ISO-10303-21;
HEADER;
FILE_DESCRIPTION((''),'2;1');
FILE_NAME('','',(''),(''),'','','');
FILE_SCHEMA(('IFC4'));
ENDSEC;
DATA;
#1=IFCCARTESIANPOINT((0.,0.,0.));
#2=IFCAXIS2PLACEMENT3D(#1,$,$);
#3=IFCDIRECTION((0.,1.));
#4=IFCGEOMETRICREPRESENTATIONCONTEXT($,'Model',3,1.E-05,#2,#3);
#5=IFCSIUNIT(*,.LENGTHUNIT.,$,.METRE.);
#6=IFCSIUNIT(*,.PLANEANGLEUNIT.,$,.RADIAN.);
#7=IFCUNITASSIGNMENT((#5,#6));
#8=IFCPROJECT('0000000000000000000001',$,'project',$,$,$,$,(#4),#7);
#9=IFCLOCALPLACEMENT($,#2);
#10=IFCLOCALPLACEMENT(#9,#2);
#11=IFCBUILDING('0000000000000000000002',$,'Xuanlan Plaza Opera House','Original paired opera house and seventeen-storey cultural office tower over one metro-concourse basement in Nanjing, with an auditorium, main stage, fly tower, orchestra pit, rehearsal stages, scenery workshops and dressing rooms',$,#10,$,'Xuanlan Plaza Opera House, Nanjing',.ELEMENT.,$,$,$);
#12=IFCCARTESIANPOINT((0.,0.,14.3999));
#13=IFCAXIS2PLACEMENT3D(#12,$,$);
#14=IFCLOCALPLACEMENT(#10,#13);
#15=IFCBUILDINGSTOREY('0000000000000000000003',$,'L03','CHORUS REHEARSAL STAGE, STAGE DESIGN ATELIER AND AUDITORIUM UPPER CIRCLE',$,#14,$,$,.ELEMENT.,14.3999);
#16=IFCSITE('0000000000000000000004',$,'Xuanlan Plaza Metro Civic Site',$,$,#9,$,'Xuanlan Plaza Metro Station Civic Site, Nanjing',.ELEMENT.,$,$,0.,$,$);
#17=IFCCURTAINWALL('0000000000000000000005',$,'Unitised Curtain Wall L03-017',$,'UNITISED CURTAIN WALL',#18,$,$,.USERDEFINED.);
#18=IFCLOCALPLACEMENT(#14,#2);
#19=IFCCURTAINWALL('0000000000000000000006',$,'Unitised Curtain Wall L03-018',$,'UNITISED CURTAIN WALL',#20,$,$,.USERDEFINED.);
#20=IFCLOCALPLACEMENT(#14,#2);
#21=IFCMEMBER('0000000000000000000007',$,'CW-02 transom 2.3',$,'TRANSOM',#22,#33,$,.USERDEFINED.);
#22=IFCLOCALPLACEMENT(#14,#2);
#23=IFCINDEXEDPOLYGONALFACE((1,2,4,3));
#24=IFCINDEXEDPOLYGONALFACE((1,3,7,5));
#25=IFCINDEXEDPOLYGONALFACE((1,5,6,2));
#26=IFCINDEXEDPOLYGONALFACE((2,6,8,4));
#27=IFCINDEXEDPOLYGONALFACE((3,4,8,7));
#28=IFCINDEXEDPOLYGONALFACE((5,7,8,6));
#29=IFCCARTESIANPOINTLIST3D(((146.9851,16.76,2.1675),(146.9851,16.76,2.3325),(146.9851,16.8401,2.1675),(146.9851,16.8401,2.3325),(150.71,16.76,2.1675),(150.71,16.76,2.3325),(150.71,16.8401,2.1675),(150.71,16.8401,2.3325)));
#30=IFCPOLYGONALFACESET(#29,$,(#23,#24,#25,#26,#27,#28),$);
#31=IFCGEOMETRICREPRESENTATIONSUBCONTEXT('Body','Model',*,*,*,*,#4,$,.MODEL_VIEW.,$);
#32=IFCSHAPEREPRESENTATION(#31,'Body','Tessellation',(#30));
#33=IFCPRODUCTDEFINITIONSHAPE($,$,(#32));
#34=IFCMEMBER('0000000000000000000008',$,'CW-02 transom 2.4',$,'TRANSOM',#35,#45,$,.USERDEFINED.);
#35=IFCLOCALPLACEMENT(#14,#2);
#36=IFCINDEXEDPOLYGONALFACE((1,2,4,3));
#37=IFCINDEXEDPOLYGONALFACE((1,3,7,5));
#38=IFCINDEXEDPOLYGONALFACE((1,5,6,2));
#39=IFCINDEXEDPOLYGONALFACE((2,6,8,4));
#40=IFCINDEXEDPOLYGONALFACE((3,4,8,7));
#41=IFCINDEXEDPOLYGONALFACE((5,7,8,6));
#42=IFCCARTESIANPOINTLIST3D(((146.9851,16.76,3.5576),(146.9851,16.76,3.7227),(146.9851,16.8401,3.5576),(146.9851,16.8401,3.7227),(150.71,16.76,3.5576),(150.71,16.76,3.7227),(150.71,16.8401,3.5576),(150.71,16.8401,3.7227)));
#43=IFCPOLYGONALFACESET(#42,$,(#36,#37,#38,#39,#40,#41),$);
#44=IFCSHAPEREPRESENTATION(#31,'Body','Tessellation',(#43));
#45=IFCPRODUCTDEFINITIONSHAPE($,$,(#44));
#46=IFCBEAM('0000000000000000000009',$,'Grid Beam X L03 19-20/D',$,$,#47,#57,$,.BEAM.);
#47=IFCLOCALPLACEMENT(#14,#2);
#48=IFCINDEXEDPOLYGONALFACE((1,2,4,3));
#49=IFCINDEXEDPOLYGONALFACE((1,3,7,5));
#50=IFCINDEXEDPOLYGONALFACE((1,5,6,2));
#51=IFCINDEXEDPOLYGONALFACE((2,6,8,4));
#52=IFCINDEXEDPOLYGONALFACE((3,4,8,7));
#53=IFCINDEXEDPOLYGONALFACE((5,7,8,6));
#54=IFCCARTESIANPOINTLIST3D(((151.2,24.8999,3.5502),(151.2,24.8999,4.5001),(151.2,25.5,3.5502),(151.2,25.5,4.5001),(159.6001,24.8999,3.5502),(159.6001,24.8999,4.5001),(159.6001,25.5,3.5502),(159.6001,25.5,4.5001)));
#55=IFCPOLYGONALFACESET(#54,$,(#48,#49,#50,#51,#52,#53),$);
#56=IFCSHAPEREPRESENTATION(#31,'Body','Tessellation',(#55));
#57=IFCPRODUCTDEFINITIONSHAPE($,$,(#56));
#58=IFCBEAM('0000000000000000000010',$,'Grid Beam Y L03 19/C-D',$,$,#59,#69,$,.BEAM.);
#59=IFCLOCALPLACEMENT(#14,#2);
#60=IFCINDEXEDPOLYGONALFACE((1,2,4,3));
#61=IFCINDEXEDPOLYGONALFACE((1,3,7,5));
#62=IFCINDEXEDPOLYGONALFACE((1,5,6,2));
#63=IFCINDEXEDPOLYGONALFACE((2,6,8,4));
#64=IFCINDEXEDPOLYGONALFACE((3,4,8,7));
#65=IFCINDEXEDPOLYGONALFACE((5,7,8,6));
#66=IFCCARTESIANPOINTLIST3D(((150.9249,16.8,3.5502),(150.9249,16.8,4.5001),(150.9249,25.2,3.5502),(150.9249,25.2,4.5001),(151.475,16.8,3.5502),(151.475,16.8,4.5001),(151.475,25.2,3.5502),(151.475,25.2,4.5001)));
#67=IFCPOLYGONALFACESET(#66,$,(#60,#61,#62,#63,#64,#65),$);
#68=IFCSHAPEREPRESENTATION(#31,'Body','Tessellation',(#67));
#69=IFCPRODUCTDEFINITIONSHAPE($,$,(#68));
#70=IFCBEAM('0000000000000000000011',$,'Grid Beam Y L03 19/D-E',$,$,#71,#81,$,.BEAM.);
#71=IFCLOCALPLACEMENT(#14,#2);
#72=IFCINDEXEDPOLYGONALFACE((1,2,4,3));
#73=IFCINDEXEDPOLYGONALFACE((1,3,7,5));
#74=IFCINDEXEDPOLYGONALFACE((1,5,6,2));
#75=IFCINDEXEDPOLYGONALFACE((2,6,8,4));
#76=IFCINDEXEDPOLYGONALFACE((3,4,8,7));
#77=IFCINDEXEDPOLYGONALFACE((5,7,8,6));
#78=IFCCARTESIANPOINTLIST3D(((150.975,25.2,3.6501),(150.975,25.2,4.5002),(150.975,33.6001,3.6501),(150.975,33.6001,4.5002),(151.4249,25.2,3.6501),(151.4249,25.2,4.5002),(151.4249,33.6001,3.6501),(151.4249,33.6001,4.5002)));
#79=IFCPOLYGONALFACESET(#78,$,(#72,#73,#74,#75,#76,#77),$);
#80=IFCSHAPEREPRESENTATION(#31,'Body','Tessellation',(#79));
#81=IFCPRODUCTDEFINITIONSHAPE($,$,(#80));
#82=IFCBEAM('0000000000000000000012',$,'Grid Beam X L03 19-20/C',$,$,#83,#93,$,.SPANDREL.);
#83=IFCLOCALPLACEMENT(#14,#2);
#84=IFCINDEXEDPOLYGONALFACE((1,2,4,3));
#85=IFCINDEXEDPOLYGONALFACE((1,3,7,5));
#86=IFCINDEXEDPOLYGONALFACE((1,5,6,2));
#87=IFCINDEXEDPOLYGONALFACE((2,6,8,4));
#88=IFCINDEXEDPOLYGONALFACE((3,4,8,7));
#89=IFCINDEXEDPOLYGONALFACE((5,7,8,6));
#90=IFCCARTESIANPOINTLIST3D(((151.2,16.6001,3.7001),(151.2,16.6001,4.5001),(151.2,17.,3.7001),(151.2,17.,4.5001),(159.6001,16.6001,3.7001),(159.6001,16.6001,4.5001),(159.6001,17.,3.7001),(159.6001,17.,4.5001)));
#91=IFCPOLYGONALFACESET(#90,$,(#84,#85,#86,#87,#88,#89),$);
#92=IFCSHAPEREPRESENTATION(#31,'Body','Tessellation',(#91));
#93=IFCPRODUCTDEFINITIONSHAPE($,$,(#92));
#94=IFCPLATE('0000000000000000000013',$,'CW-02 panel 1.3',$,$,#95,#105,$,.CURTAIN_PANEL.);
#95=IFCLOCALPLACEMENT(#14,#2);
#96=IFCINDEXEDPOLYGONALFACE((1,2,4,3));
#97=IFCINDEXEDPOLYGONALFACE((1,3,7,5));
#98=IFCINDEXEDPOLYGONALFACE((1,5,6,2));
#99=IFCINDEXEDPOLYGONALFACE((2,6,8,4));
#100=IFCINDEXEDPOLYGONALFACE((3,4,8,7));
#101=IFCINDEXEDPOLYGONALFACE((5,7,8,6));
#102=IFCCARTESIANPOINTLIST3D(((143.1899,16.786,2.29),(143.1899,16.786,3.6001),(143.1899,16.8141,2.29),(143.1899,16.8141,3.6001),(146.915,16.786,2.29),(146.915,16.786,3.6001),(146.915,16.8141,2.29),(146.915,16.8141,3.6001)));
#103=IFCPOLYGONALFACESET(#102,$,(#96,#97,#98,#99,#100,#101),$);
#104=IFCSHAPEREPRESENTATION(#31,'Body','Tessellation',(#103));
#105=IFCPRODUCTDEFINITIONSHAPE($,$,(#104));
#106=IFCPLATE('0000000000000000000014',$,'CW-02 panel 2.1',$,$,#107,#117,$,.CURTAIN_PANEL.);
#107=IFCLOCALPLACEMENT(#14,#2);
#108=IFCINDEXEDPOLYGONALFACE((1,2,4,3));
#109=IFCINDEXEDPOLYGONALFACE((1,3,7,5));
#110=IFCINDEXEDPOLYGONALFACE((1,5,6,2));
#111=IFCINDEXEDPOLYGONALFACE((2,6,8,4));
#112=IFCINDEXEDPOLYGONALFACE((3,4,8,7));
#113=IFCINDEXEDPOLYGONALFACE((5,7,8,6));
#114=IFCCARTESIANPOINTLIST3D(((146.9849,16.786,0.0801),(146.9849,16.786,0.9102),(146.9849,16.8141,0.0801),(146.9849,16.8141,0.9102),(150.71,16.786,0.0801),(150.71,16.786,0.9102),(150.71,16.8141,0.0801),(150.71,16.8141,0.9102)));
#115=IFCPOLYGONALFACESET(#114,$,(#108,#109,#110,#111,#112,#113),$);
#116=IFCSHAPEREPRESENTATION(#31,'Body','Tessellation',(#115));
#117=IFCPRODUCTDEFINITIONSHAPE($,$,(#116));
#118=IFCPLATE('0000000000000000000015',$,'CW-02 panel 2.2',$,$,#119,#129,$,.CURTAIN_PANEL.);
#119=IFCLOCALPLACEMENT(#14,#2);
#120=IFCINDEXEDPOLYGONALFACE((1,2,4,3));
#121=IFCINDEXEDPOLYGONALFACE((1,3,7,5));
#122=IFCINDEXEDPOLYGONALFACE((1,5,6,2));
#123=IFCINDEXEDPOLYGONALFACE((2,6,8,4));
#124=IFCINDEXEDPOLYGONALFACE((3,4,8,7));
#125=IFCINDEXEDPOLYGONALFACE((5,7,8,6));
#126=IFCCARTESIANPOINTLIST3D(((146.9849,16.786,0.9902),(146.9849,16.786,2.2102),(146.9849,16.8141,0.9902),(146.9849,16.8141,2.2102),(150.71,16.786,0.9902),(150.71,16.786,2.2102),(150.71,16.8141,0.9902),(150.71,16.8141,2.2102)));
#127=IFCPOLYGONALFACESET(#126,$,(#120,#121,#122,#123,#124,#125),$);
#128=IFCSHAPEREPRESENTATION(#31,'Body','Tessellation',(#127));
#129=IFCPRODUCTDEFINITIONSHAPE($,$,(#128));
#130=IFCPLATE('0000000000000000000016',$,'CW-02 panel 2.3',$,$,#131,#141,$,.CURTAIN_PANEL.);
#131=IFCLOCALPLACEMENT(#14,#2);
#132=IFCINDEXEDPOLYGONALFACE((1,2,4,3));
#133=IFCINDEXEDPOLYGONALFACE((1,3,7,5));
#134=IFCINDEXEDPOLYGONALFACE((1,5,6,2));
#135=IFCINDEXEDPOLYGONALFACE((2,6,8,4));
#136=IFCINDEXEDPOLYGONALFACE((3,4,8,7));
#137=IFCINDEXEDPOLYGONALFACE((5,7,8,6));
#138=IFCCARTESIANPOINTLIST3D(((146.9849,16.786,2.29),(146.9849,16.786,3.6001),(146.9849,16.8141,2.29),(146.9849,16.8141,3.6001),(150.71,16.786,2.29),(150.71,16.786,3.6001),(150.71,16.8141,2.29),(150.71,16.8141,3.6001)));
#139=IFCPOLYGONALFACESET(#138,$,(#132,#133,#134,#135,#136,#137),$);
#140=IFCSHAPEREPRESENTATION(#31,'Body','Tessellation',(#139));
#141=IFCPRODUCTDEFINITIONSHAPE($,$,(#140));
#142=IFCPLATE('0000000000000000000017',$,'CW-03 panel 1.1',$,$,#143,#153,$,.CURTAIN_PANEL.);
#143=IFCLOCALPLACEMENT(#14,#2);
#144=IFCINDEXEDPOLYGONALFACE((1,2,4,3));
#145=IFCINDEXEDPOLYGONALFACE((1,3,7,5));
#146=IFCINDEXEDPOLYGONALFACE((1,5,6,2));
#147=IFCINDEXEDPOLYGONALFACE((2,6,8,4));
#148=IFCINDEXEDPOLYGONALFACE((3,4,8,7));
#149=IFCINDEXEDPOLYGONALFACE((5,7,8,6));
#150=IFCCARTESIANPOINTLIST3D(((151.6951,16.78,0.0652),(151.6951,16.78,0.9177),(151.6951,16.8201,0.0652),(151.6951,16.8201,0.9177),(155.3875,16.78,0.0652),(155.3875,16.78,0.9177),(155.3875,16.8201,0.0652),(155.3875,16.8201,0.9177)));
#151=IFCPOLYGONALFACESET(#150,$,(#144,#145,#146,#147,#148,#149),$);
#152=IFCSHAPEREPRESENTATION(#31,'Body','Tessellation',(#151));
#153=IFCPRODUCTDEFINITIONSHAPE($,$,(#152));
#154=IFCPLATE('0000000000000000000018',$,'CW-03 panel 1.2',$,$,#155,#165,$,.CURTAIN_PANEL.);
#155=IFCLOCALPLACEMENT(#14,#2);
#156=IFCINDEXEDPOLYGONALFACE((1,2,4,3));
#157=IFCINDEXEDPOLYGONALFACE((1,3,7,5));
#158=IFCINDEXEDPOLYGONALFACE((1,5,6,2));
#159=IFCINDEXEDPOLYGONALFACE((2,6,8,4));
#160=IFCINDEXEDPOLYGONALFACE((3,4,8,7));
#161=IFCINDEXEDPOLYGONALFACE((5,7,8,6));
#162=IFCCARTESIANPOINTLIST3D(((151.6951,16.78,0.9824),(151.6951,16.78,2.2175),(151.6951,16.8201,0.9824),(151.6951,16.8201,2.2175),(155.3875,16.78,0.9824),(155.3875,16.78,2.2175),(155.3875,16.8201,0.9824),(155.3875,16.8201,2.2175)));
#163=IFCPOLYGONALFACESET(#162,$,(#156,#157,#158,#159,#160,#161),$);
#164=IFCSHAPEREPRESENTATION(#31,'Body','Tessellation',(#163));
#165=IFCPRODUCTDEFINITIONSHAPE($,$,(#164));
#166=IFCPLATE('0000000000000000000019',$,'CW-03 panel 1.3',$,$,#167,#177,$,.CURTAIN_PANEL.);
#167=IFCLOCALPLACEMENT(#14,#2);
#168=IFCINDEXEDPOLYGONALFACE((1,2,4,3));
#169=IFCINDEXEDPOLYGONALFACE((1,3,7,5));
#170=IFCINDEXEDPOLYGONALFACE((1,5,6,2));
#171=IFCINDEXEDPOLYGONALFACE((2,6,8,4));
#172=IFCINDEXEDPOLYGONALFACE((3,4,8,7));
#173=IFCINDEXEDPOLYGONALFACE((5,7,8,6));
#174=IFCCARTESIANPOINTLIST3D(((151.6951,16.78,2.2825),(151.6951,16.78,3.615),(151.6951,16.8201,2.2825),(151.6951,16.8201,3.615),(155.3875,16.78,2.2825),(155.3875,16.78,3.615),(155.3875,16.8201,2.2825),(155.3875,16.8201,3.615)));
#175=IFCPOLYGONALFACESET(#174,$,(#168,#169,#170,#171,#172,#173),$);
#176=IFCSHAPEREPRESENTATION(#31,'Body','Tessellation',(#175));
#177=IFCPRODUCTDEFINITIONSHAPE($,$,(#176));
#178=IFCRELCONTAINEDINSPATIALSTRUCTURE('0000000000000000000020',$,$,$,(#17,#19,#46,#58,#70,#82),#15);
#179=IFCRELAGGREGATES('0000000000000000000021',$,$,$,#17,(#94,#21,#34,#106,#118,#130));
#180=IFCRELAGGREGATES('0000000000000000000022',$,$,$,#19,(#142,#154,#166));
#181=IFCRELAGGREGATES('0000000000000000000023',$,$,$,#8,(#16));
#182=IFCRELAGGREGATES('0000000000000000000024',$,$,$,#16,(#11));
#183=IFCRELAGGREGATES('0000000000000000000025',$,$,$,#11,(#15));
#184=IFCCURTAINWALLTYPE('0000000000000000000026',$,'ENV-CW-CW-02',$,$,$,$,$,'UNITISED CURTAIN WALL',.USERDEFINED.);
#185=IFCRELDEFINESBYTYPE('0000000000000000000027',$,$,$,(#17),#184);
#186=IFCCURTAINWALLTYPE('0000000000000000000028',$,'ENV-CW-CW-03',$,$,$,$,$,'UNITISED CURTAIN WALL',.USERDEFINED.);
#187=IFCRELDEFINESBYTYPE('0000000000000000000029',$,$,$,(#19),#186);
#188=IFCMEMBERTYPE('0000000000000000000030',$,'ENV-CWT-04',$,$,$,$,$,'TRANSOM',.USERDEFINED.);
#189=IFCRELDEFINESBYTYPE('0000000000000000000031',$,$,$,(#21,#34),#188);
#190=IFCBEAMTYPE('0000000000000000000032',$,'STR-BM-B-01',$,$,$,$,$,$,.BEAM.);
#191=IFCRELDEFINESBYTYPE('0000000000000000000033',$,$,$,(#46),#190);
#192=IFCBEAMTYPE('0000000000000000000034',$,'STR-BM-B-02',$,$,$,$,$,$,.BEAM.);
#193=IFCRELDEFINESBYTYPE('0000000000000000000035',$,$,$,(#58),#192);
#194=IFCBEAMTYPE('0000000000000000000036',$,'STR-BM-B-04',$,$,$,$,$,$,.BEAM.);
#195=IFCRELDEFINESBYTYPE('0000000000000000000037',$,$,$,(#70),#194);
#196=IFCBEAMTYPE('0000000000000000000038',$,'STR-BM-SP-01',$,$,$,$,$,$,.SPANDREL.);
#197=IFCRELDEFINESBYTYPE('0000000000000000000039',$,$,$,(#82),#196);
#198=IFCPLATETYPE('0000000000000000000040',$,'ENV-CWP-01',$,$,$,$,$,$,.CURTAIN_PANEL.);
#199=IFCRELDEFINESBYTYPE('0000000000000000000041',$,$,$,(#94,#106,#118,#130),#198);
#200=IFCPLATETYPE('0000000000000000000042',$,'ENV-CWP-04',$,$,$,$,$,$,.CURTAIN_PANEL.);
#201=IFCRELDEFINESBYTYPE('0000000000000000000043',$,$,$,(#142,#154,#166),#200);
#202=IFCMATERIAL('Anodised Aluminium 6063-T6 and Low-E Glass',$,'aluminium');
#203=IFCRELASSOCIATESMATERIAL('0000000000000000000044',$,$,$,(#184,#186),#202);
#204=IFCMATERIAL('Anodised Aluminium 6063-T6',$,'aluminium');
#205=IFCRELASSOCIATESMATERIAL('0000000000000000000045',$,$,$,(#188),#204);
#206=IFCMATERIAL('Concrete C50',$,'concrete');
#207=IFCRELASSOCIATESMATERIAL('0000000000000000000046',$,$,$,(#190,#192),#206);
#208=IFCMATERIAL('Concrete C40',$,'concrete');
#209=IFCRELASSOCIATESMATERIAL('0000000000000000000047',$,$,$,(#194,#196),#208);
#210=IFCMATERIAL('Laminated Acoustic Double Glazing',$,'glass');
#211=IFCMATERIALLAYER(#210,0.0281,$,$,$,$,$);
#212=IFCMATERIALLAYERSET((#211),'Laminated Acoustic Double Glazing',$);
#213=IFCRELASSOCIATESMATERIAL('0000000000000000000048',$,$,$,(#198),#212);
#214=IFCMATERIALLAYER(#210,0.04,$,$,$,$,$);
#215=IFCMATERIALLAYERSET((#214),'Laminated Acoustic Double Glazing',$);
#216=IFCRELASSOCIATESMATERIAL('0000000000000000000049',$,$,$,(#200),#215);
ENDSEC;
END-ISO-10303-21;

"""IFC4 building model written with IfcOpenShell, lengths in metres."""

from ifc_helpers import new_model, si_unit, direction, frame, origin, origin_2d, place, context, subcontext, project, spatial, rectangle, extrude, material, layer, layer_set, material_profile, profile_set, type_object, element, aggregate, save


model = new_model("IFC4")

# Units and contexts
model_context = context("Model", 3, precision=1e-05, world=origin(), true_north=direction((0.0, 1.0)))
body_context = subcontext(model_context, "Body", "Model", "MODEL_VIEW")
ifc_project = project(units=[si_unit("LENGTHUNIT", "METRE"), si_unit("PLANEANGLEUNIT", "RADIAN")], contexts=[model_context])

# Site, building, storey
site_placement = place(None, origin())
site = spatial("IfcSite", under=ifc_project, at=site_placement, Name="Xuanlan Plaza Metro Civic Site", LongName="Xuanlan Plaza Metro Station Civic Site, Nanjing", CompositionType="ELEMENT", RefElevation=0.0)
building_placement = place(site_placement, origin())
building = spatial("IfcBuilding", under=site, at=building_placement, Name="Xuanlan Plaza Opera House", Description="Original paired opera house and seventeen-storey cultural office tower over one metro-concourse basement in Nanjing, with an auditorium, main stage, fly tower, orchestra pit, rehearsal stages, scenery workshops and dressing rooms", LongName="Xuanlan Plaza Opera House, Nanjing", CompositionType="ELEMENT")
storey_placement = place(building_placement, frame((0.0, 0.0, 14.3999)))
storey = spatial("IfcBuildingStorey", under=building, at=storey_placement, Name="L03", Description="CHORUS REHEARSAL STAGE, STAGE DESIGN ATELIER AND AUDITORIUM UPPER CIRCLE", CompositionType="ELEMENT", Elevation=14.3999)

# Shared definitions
ifc_material_1 = material(Name="Concrete C40", Category="concrete")

# Curtain walls
ifc_material_2 = material(Name="Anodised Aluminium 6063-T6 and Low-E Glass", Category="aluminium")
curtain_wall_type_1 = type_object("IfcCurtainWallType", Name="ENV-CW-CW-02", ElementType="UNITISED CURTAIN WALL", PredefinedType="USERDEFINED", material=ifc_material_2)
curtain_wall_1_placement = place(storey_placement, origin())
curtain_wall_1 = element("IfcCurtainWall", 1, at=curtain_wall_1_placement, inside=storey, type_object=curtain_wall_type_1, Name="Unitised Curtain Wall L03-017", ObjectType="UNITISED CURTAIN WALL", PredefinedType="USERDEFINED")
ifc_material_3 = material(Name="Anodised Aluminium 6063-T6", Category="aluminium")
curtain_wall_type_2 = type_object("IfcCurtainWallType", Name="ENV-CW-CW-03", ElementType="UNITISED CURTAIN WALL", PredefinedType="USERDEFINED", material=ifc_material_2)
curtain_wall_2_placement = place(storey_placement, origin())
curtain_wall_2 = element("IfcCurtainWall", 2, at=curtain_wall_2_placement, inside=storey, type_object=curtain_wall_type_2, Name="Unitised Curtain Wall L03-018", ObjectType="UNITISED CURTAIN WALL", PredefinedType="USERDEFINED")

# Members
ifc_material_profile_1 = material_profile(ifc_material_3, rectangle(XDim=0.0801, YDim=0.165, at=origin_2d()), Name="ALU-T 80x165")
ifc_profile_set_1 = profile_set([ifc_material_profile_1], Name="Anodised Aluminium 6063-T6")
member_type_1 = type_object("IfcMemberType", Name="ENV-CWT-04", ElementType="TRANSOM", PredefinedType="USERDEFINED", material=ifc_profile_set_1)
member_1_placement = place(storey_placement, frame((146.9851, 16.8, 2.25), z_axis=(1.0, 0.0, 0.0), x_axis=(0.0, 1.0, 0.0)))
member_1 = element("IfcMember", 3, at=member_1_placement, type_object=member_type_1, Name="CW-02 transom 2.3", ObjectType="TRANSOM", PredefinedType="USERDEFINED", context=body_context, shape_type="SweptSolid", body=[
    extrude(rectangle(XDim=0.0801, YDim=0.165, at=origin_2d()), origin(), (0.0, 0.0, 1.0), 3.7249),
])
member_2_placement = place(storey_placement, frame((146.9851, 16.8, 3.6401), z_axis=(1.0, 0.0, 0.0), x_axis=(0.0, 1.0, 0.0)))
member_2 = element("IfcMember", 4, at=member_2_placement, type_object=member_type_1, Name="CW-02 transom 2.4", ObjectType="TRANSOM", PredefinedType="USERDEFINED", context=body_context, shape_type="SweptSolid", body=[
    extrude(rectangle(XDim=0.0801, YDim=0.165, at=origin_2d()), origin(), (0.0, 0.0, 1.0), 3.7249),
])

# Beams
ifc_material_4 = material(Name="Concrete C50", Category="concrete")
ifc_material_profile_2 = material_profile(ifc_material_4, rectangle(XDim=0.6001, YDim=0.95, at=origin_2d()), Name="RC-BM 600x950")
ifc_profile_set_2 = profile_set([ifc_material_profile_2], Name="Concrete C50")
beam_type_1 = type_object("IfcBeamType", Name="STR-BM-B-01", PredefinedType="BEAM", material=ifc_profile_set_2)
beam_1_placement = place(storey_placement, frame((151.2, 25.2, 4.0251), z_axis=(1.0, 0.0, 0.0), x_axis=(0.0, 1.0, 0.0)))
element("IfcBeam", 5, at=beam_1_placement, inside=storey, type_object=beam_type_1, Name="Grid Beam X L03 19-20/D", PredefinedType="BEAM", context=body_context, shape_type="SweptSolid", body=[
    extrude(rectangle(XDim=0.6001, YDim=0.95, at=origin_2d()), origin(), (0.0, 0.0, 1.0), 8.4001),
])
ifc_material_profile_3 = material_profile(ifc_material_4, rectangle(XDim=0.55, YDim=0.95, at=origin_2d()), Name="RC-BM 550x950")
ifc_profile_set_3 = profile_set([ifc_material_profile_3], Name="Concrete C50")
beam_type_2 = type_object("IfcBeamType", Name="STR-BM-B-02", PredefinedType="BEAM", material=ifc_profile_set_3)
beam_2_placement = place(storey_placement, frame((151.2, 16.8, 4.0251), z_axis=(0.0, 1.0, 0.0), x_axis=(-1.0, 0.0, 0.0)))
element("IfcBeam", 6, at=beam_2_placement, inside=storey, type_object=beam_type_2, Name="Grid Beam Y L03 19/C-D", PredefinedType="BEAM", context=body_context, shape_type="SweptSolid", body=[
    extrude(rectangle(XDim=0.55, YDim=0.95, at=origin_2d()), origin(), (0.0, 0.0, 1.0), 8.3999),
])
ifc_material_profile_4 = material_profile(ifc_material_1, rectangle(XDim=0.45, YDim=0.8501, at=origin_2d()), Name="RC-BM 450x850")
ifc_profile_set_4 = profile_set([ifc_material_profile_4], Name="Concrete C40")
beam_type_3 = type_object("IfcBeamType", Name="STR-BM-B-04", PredefinedType="BEAM", material=ifc_profile_set_4)
beam_3_placement = place(storey_placement, frame((151.2, 25.2, 4.0752), z_axis=(0.0, 1.0, 0.0), x_axis=(-1.0, 0.0, 0.0)))
element("IfcBeam", 7, at=beam_3_placement, inside=storey, type_object=beam_type_3, Name="Grid Beam Y L03 19/D-E", PredefinedType="BEAM", context=body_context, shape_type="SweptSolid", body=[
    extrude(rectangle(XDim=0.45, YDim=0.8501, at=origin_2d()), origin(), (0.0, 0.0, 1.0), 8.4001),
])
ifc_material_profile_5 = material_profile(ifc_material_1, rectangle(XDim=0.3999, YDim=0.8, at=origin_2d()), Name="RC-SPD 400x800")
ifc_profile_set_5 = profile_set([ifc_material_profile_5], Name="Concrete C40")
beam_type_4 = type_object("IfcBeamType", Name="STR-BM-SP-01", PredefinedType="SPANDREL", material=ifc_profile_set_5)
beam_4_placement = place(storey_placement, frame((151.2, 16.8, 4.1001), z_axis=(1.0, 0.0, 0.0), x_axis=(0.0, 1.0, 0.0)))
element("IfcBeam", 8, at=beam_4_placement, inside=storey, type_object=beam_type_4, Name="Grid Beam X L03 19-20/C", PredefinedType="SPANDREL", context=body_context, shape_type="SweptSolid", body=[
    extrude(rectangle(XDim=0.3999, YDim=0.8, at=origin_2d()), origin(), (0.0, 0.0, 1.0), 8.4001),
])

# Plates
ifc_material_5 = material(Name="Laminated Acoustic Double Glazing", Category="glass")
ifc_layer_1 = layer(ifc_material_5, 0.0281)
ifc_layer_set_1 = layer_set([ifc_layer_1], Name="Laminated Acoustic Double Glazing")
plate_type_1 = type_object("IfcPlateType", Name="ENV-CWP-01", PredefinedType="CURTAIN_PANEL", material=ifc_layer_set_1)
plate_1_placement = place(storey_placement, frame((145.0525, 16.8, 2.29), z_axis=(0.0, 0.0, 1.0), x_axis=(1.0, 0.0, 0.0)))
plate_1 = element("IfcPlate", 9, at=plate_1_placement, type_object=plate_type_1, Name="CW-02 panel 1.3", PredefinedType="CURTAIN_PANEL", context=body_context, shape_type="SweptSolid", body=[
    extrude(rectangle(XDim=3.7251, YDim=0.0281, at=origin_2d()), origin(), (0.0, 0.0, 1.0), 1.3101),
])
plate_2_placement = place(storey_placement, frame((148.8474, 16.8, 0.0801), z_axis=(0.0, 0.0, 1.0), x_axis=(1.0, 0.0, 0.0)))
plate_2 = element("IfcPlate", 10, at=plate_2_placement, type_object=plate_type_1, Name="CW-02 panel 2.1", PredefinedType="CURTAIN_PANEL", context=body_context, shape_type="SweptSolid", body=[
    extrude(rectangle(XDim=3.7251, YDim=0.0281, at=origin_2d()), origin(), (0.0, 0.0, 1.0), 0.8301),
])
plate_3_placement = place(storey_placement, frame((148.8474, 16.8, 0.9902), z_axis=(0.0, 0.0, 1.0), x_axis=(1.0, 0.0, 0.0)))
plate_3 = element("IfcPlate", 11, at=plate_3_placement, type_object=plate_type_1, Name="CW-02 panel 2.2", PredefinedType="CURTAIN_PANEL", context=body_context, shape_type="SweptSolid", body=[
    extrude(rectangle(XDim=3.7251, YDim=0.0281, at=origin_2d()), origin(), (0.0, 0.0, 1.0), 1.22),
])
plate_4_placement = place(storey_placement, frame((148.8474, 16.8, 2.29), z_axis=(0.0, 0.0, 1.0), x_axis=(1.0, 0.0, 0.0)))
plate_4 = element("IfcPlate", 12, at=plate_4_placement, type_object=plate_type_1, Name="CW-02 panel 2.3", PredefinedType="CURTAIN_PANEL", context=body_context, shape_type="SweptSolid", body=[
    extrude(rectangle(XDim=3.7251, YDim=0.0281, at=origin_2d()), origin(), (0.0, 0.0, 1.0), 1.3101),
])
aggregate(curtain_wall_1, [plate_1, member_1, member_2, plate_2, plate_3, plate_4])
ifc_layer_2 = layer(ifc_material_5, 0.04)
ifc_layer_set_2 = layer_set([ifc_layer_2], Name="Laminated Acoustic Double Glazing")
plate_type_2 = type_object("IfcPlateType", Name="ENV-CWP-04", PredefinedType="CURTAIN_PANEL", material=ifc_layer_set_2)
plate_5_placement = place(storey_placement, frame((153.5413, 16.8, 0.0652), z_axis=(0.0, 0.0, 1.0), x_axis=(1.0, 0.0, 0.0)))
plate_5 = element("IfcPlate", 13, at=plate_5_placement, type_object=plate_type_2, Name="CW-03 panel 1.1", PredefinedType="CURTAIN_PANEL", context=body_context, shape_type="SweptSolid", body=[
    extrude(rectangle(XDim=3.6924, YDim=0.04, at=origin_2d()), origin(), (0.0, 0.0, 1.0), 0.8525),
])
plate_6_placement = place(storey_placement, frame((153.5413, 16.8, 0.9824), z_axis=(0.0, 0.0, 1.0), x_axis=(1.0, 0.0, 0.0)))
plate_6 = element("IfcPlate", 14, at=plate_6_placement, type_object=plate_type_2, Name="CW-03 panel 1.2", PredefinedType="CURTAIN_PANEL", context=body_context, shape_type="SweptSolid", body=[
    extrude(rectangle(XDim=3.6924, YDim=0.04, at=origin_2d()), origin(), (0.0, 0.0, 1.0), 1.2351),
])
plate_7_placement = place(storey_placement, frame((153.5413, 16.8, 2.2825), z_axis=(0.0, 0.0, 1.0), x_axis=(1.0, 0.0, 0.0)))
plate_7 = element("IfcPlate", 15, at=plate_7_placement, type_object=plate_type_2, Name="CW-03 panel 1.3", PredefinedType="CURTAIN_PANEL", context=body_context, shape_type="SweptSolid", body=[
    extrude(rectangle(XDim=3.6924, YDim=0.04, at=origin_2d()), origin(), (0.0, 0.0, 1.0), 1.3325),
])
aggregate(curtain_wall_2, [plate_5, plate_6, plate_7])

save(model, "model.ifc")
